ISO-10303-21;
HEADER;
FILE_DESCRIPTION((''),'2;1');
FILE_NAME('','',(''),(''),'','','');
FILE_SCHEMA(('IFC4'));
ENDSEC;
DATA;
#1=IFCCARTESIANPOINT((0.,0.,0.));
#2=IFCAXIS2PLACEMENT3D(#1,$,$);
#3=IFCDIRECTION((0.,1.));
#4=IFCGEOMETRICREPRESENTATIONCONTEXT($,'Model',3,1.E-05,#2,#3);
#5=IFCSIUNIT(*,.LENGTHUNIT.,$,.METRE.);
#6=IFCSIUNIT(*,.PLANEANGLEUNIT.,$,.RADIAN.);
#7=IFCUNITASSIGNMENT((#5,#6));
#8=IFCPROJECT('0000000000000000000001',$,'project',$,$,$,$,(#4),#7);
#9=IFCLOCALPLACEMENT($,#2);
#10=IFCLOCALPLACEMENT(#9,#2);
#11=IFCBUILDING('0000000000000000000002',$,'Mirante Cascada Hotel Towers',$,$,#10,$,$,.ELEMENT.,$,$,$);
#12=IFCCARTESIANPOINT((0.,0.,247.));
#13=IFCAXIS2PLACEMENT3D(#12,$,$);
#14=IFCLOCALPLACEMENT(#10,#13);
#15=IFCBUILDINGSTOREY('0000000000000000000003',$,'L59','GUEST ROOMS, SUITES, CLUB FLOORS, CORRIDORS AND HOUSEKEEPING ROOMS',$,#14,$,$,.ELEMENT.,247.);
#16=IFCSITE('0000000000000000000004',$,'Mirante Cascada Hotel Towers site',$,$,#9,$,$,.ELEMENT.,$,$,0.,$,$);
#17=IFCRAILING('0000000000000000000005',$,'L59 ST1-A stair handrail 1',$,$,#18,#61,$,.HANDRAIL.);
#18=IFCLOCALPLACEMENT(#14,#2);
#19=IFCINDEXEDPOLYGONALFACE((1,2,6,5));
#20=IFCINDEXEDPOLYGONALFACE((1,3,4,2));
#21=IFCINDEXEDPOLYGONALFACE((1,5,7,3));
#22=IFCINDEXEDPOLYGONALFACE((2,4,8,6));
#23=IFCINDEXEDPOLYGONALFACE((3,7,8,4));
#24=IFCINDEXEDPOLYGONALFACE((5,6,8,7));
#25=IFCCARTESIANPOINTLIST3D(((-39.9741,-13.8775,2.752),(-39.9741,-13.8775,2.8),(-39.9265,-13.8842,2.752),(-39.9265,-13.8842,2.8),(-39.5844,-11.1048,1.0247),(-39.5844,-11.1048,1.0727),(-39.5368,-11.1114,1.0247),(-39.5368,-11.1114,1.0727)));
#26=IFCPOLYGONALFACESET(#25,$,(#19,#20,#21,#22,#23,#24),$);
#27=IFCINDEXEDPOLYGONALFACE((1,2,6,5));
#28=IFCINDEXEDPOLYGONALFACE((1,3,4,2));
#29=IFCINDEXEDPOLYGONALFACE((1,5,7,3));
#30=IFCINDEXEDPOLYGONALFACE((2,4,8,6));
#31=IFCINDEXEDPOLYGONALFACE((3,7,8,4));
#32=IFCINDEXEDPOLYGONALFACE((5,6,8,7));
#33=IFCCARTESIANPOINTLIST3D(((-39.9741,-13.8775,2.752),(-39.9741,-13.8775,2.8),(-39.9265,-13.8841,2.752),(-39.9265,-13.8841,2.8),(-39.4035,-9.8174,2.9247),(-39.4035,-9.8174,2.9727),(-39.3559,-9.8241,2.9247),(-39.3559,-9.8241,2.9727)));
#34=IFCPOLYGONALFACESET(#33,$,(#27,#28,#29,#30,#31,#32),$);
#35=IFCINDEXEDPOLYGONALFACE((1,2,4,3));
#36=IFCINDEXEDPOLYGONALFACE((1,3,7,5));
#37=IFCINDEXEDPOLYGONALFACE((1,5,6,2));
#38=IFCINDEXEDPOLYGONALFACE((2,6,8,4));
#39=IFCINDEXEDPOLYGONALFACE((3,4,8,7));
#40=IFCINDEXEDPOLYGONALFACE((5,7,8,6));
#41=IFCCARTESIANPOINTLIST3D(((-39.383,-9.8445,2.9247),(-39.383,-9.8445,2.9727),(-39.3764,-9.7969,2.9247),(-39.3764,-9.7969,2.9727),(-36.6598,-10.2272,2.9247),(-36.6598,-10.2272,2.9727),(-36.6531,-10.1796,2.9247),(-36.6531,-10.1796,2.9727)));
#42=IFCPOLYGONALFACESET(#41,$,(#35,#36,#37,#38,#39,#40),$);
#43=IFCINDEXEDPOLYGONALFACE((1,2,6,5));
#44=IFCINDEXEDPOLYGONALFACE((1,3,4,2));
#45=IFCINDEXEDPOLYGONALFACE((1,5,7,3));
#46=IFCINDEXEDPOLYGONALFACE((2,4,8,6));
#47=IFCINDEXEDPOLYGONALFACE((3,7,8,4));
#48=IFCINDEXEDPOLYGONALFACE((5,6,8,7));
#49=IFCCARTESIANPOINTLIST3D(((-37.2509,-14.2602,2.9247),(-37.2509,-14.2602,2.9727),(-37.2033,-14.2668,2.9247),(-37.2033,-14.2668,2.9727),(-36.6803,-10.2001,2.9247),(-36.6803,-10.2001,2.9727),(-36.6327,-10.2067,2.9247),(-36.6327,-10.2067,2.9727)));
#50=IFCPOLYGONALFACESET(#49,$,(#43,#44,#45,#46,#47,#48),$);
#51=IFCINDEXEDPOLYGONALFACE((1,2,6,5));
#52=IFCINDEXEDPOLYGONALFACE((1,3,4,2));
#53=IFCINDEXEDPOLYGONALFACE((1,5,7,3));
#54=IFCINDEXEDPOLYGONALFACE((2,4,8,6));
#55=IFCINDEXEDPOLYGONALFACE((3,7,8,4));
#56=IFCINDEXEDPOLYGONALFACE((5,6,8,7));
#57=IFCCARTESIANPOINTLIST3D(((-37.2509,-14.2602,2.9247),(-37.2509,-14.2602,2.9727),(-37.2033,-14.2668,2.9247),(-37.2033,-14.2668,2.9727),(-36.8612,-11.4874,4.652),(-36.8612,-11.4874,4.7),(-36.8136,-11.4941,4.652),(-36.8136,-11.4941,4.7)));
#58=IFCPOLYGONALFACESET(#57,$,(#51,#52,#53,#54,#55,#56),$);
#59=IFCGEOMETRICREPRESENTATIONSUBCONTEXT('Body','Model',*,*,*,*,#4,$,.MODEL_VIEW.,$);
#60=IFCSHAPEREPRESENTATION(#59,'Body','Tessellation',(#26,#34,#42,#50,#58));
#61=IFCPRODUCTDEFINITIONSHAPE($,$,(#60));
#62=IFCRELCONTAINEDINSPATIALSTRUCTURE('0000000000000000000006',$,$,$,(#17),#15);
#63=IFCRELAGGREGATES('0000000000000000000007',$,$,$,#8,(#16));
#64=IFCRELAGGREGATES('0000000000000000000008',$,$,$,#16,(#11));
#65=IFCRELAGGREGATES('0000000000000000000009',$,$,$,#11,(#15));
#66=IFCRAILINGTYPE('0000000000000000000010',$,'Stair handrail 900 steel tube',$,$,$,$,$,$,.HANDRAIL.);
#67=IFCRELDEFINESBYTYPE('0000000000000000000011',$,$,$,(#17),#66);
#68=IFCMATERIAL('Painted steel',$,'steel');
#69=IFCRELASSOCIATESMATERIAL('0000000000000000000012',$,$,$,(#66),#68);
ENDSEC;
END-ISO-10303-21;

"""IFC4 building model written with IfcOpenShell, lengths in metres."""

from ifc_helpers import new_model, si_unit, direction, frame, origin, origin_2d, place, context, subcontext, project, spatial, rectangle, extrude, material, type_object, element, save


model = new_model("IFC4")

# Units and contexts
model_context = context("Model", 3, precision=1e-05, world=origin(), true_north=direction((0.0, 1.0)))
body_context = subcontext(model_context, "Body", "Model", "MODEL_VIEW")
ifc_project = project(units=[si_unit("LENGTHUNIT", "METRE"), si_unit("PLANEANGLEUNIT", "RADIAN")], contexts=[model_context])

# Site, building, storey
site_placement = place(None, origin())
site = spatial("IfcSite", under=ifc_project, at=site_placement, Name="Mirante Cascada Hotel Towers site", CompositionType="ELEMENT", RefElevation=0.0)
building_placement = place(site_placement, origin())
building = spatial("IfcBuilding", under=site, at=building_placement, Name="Mirante Cascada Hotel Towers", CompositionType="ELEMENT")
storey_placement = place(building_placement, frame((0.0, 0.0, 247.0)))
storey = spatial("IfcBuildingStorey", under=building, at=storey_placement, Name="L59", Description="GUEST ROOMS, SUITES, CLUB FLOORS, CORRIDORS AND HOUSEKEEPING ROOMS", CompositionType="ELEMENT", Elevation=247.0)

# Railing
ifc_material_1 = material(Name="Painted steel", Category="steel")
railing_type_1 = type_object("IfcRailingType", Name="Stair handrail 900 steel tube", PredefinedType="HANDRAIL", material=ifc_material_1)
railing_1_placement = place(storey_placement, frame((-39.5606, -11.1081, 0.1727)))
element("IfcRailing", 1, at=railing_1_placement, inside=storey, type_object=railing_type_1, Name="L59 ST1-A stair handrail 1", PredefinedType="HANDRAIL", context=body_context, shape_type="SweptSolid", body=[
    extrude(rectangle(XDim=0.048, YDim=0.048, at=origin_2d()), frame((0.0, 0.0, 0.876), z_axis=(-0.139181, -0.990267, 0.0), x_axis=(0.990267, -0.139181, 0.0)), (0.0, 0.525035, 0.851081), 3.2899),
    extrude(rectangle(XDim=0.048, YDim=0.048, at=origin_2d()), frame((-0.3897, -2.7727, 2.6033), z_axis=(0.139171, 0.990268, 0.0), x_axis=(-0.990268, 0.139171, 0.0)), (0.0, 0.042085, 0.999114), 4.1036),
    extrude(rectangle(XDim=0.048, YDim=0.048, at=origin_2d()), frame((0.1809, 1.2874, 2.776), z_axis=(0.990269, -0.139166, 0.0), x_axis=(0.139166, 0.990269, 0.0)), (0.0, 0.0, 1.0), 2.75),
    extrude(rectangle(XDim=0.048, YDim=0.048, at=origin_2d()), frame((2.9041, 0.9047, 2.776), z_axis=(-0.139171, -0.990268, 0.0), x_axis=(0.990268, -0.139171, 0.0)), (0.0, 0.0, 1.0), 4.1),
    extrude(rectangle(XDim=0.048, YDim=0.048, at=origin_2d()), frame((2.3335, -3.1554, 2.776), z_axis=(0.139181, 0.990267, 0.0), x_axis=(-0.990267, 0.139181, 0.0)), (0.0, 0.525035, 0.851081), 3.2899),
])

save(model, "model.ifc")
